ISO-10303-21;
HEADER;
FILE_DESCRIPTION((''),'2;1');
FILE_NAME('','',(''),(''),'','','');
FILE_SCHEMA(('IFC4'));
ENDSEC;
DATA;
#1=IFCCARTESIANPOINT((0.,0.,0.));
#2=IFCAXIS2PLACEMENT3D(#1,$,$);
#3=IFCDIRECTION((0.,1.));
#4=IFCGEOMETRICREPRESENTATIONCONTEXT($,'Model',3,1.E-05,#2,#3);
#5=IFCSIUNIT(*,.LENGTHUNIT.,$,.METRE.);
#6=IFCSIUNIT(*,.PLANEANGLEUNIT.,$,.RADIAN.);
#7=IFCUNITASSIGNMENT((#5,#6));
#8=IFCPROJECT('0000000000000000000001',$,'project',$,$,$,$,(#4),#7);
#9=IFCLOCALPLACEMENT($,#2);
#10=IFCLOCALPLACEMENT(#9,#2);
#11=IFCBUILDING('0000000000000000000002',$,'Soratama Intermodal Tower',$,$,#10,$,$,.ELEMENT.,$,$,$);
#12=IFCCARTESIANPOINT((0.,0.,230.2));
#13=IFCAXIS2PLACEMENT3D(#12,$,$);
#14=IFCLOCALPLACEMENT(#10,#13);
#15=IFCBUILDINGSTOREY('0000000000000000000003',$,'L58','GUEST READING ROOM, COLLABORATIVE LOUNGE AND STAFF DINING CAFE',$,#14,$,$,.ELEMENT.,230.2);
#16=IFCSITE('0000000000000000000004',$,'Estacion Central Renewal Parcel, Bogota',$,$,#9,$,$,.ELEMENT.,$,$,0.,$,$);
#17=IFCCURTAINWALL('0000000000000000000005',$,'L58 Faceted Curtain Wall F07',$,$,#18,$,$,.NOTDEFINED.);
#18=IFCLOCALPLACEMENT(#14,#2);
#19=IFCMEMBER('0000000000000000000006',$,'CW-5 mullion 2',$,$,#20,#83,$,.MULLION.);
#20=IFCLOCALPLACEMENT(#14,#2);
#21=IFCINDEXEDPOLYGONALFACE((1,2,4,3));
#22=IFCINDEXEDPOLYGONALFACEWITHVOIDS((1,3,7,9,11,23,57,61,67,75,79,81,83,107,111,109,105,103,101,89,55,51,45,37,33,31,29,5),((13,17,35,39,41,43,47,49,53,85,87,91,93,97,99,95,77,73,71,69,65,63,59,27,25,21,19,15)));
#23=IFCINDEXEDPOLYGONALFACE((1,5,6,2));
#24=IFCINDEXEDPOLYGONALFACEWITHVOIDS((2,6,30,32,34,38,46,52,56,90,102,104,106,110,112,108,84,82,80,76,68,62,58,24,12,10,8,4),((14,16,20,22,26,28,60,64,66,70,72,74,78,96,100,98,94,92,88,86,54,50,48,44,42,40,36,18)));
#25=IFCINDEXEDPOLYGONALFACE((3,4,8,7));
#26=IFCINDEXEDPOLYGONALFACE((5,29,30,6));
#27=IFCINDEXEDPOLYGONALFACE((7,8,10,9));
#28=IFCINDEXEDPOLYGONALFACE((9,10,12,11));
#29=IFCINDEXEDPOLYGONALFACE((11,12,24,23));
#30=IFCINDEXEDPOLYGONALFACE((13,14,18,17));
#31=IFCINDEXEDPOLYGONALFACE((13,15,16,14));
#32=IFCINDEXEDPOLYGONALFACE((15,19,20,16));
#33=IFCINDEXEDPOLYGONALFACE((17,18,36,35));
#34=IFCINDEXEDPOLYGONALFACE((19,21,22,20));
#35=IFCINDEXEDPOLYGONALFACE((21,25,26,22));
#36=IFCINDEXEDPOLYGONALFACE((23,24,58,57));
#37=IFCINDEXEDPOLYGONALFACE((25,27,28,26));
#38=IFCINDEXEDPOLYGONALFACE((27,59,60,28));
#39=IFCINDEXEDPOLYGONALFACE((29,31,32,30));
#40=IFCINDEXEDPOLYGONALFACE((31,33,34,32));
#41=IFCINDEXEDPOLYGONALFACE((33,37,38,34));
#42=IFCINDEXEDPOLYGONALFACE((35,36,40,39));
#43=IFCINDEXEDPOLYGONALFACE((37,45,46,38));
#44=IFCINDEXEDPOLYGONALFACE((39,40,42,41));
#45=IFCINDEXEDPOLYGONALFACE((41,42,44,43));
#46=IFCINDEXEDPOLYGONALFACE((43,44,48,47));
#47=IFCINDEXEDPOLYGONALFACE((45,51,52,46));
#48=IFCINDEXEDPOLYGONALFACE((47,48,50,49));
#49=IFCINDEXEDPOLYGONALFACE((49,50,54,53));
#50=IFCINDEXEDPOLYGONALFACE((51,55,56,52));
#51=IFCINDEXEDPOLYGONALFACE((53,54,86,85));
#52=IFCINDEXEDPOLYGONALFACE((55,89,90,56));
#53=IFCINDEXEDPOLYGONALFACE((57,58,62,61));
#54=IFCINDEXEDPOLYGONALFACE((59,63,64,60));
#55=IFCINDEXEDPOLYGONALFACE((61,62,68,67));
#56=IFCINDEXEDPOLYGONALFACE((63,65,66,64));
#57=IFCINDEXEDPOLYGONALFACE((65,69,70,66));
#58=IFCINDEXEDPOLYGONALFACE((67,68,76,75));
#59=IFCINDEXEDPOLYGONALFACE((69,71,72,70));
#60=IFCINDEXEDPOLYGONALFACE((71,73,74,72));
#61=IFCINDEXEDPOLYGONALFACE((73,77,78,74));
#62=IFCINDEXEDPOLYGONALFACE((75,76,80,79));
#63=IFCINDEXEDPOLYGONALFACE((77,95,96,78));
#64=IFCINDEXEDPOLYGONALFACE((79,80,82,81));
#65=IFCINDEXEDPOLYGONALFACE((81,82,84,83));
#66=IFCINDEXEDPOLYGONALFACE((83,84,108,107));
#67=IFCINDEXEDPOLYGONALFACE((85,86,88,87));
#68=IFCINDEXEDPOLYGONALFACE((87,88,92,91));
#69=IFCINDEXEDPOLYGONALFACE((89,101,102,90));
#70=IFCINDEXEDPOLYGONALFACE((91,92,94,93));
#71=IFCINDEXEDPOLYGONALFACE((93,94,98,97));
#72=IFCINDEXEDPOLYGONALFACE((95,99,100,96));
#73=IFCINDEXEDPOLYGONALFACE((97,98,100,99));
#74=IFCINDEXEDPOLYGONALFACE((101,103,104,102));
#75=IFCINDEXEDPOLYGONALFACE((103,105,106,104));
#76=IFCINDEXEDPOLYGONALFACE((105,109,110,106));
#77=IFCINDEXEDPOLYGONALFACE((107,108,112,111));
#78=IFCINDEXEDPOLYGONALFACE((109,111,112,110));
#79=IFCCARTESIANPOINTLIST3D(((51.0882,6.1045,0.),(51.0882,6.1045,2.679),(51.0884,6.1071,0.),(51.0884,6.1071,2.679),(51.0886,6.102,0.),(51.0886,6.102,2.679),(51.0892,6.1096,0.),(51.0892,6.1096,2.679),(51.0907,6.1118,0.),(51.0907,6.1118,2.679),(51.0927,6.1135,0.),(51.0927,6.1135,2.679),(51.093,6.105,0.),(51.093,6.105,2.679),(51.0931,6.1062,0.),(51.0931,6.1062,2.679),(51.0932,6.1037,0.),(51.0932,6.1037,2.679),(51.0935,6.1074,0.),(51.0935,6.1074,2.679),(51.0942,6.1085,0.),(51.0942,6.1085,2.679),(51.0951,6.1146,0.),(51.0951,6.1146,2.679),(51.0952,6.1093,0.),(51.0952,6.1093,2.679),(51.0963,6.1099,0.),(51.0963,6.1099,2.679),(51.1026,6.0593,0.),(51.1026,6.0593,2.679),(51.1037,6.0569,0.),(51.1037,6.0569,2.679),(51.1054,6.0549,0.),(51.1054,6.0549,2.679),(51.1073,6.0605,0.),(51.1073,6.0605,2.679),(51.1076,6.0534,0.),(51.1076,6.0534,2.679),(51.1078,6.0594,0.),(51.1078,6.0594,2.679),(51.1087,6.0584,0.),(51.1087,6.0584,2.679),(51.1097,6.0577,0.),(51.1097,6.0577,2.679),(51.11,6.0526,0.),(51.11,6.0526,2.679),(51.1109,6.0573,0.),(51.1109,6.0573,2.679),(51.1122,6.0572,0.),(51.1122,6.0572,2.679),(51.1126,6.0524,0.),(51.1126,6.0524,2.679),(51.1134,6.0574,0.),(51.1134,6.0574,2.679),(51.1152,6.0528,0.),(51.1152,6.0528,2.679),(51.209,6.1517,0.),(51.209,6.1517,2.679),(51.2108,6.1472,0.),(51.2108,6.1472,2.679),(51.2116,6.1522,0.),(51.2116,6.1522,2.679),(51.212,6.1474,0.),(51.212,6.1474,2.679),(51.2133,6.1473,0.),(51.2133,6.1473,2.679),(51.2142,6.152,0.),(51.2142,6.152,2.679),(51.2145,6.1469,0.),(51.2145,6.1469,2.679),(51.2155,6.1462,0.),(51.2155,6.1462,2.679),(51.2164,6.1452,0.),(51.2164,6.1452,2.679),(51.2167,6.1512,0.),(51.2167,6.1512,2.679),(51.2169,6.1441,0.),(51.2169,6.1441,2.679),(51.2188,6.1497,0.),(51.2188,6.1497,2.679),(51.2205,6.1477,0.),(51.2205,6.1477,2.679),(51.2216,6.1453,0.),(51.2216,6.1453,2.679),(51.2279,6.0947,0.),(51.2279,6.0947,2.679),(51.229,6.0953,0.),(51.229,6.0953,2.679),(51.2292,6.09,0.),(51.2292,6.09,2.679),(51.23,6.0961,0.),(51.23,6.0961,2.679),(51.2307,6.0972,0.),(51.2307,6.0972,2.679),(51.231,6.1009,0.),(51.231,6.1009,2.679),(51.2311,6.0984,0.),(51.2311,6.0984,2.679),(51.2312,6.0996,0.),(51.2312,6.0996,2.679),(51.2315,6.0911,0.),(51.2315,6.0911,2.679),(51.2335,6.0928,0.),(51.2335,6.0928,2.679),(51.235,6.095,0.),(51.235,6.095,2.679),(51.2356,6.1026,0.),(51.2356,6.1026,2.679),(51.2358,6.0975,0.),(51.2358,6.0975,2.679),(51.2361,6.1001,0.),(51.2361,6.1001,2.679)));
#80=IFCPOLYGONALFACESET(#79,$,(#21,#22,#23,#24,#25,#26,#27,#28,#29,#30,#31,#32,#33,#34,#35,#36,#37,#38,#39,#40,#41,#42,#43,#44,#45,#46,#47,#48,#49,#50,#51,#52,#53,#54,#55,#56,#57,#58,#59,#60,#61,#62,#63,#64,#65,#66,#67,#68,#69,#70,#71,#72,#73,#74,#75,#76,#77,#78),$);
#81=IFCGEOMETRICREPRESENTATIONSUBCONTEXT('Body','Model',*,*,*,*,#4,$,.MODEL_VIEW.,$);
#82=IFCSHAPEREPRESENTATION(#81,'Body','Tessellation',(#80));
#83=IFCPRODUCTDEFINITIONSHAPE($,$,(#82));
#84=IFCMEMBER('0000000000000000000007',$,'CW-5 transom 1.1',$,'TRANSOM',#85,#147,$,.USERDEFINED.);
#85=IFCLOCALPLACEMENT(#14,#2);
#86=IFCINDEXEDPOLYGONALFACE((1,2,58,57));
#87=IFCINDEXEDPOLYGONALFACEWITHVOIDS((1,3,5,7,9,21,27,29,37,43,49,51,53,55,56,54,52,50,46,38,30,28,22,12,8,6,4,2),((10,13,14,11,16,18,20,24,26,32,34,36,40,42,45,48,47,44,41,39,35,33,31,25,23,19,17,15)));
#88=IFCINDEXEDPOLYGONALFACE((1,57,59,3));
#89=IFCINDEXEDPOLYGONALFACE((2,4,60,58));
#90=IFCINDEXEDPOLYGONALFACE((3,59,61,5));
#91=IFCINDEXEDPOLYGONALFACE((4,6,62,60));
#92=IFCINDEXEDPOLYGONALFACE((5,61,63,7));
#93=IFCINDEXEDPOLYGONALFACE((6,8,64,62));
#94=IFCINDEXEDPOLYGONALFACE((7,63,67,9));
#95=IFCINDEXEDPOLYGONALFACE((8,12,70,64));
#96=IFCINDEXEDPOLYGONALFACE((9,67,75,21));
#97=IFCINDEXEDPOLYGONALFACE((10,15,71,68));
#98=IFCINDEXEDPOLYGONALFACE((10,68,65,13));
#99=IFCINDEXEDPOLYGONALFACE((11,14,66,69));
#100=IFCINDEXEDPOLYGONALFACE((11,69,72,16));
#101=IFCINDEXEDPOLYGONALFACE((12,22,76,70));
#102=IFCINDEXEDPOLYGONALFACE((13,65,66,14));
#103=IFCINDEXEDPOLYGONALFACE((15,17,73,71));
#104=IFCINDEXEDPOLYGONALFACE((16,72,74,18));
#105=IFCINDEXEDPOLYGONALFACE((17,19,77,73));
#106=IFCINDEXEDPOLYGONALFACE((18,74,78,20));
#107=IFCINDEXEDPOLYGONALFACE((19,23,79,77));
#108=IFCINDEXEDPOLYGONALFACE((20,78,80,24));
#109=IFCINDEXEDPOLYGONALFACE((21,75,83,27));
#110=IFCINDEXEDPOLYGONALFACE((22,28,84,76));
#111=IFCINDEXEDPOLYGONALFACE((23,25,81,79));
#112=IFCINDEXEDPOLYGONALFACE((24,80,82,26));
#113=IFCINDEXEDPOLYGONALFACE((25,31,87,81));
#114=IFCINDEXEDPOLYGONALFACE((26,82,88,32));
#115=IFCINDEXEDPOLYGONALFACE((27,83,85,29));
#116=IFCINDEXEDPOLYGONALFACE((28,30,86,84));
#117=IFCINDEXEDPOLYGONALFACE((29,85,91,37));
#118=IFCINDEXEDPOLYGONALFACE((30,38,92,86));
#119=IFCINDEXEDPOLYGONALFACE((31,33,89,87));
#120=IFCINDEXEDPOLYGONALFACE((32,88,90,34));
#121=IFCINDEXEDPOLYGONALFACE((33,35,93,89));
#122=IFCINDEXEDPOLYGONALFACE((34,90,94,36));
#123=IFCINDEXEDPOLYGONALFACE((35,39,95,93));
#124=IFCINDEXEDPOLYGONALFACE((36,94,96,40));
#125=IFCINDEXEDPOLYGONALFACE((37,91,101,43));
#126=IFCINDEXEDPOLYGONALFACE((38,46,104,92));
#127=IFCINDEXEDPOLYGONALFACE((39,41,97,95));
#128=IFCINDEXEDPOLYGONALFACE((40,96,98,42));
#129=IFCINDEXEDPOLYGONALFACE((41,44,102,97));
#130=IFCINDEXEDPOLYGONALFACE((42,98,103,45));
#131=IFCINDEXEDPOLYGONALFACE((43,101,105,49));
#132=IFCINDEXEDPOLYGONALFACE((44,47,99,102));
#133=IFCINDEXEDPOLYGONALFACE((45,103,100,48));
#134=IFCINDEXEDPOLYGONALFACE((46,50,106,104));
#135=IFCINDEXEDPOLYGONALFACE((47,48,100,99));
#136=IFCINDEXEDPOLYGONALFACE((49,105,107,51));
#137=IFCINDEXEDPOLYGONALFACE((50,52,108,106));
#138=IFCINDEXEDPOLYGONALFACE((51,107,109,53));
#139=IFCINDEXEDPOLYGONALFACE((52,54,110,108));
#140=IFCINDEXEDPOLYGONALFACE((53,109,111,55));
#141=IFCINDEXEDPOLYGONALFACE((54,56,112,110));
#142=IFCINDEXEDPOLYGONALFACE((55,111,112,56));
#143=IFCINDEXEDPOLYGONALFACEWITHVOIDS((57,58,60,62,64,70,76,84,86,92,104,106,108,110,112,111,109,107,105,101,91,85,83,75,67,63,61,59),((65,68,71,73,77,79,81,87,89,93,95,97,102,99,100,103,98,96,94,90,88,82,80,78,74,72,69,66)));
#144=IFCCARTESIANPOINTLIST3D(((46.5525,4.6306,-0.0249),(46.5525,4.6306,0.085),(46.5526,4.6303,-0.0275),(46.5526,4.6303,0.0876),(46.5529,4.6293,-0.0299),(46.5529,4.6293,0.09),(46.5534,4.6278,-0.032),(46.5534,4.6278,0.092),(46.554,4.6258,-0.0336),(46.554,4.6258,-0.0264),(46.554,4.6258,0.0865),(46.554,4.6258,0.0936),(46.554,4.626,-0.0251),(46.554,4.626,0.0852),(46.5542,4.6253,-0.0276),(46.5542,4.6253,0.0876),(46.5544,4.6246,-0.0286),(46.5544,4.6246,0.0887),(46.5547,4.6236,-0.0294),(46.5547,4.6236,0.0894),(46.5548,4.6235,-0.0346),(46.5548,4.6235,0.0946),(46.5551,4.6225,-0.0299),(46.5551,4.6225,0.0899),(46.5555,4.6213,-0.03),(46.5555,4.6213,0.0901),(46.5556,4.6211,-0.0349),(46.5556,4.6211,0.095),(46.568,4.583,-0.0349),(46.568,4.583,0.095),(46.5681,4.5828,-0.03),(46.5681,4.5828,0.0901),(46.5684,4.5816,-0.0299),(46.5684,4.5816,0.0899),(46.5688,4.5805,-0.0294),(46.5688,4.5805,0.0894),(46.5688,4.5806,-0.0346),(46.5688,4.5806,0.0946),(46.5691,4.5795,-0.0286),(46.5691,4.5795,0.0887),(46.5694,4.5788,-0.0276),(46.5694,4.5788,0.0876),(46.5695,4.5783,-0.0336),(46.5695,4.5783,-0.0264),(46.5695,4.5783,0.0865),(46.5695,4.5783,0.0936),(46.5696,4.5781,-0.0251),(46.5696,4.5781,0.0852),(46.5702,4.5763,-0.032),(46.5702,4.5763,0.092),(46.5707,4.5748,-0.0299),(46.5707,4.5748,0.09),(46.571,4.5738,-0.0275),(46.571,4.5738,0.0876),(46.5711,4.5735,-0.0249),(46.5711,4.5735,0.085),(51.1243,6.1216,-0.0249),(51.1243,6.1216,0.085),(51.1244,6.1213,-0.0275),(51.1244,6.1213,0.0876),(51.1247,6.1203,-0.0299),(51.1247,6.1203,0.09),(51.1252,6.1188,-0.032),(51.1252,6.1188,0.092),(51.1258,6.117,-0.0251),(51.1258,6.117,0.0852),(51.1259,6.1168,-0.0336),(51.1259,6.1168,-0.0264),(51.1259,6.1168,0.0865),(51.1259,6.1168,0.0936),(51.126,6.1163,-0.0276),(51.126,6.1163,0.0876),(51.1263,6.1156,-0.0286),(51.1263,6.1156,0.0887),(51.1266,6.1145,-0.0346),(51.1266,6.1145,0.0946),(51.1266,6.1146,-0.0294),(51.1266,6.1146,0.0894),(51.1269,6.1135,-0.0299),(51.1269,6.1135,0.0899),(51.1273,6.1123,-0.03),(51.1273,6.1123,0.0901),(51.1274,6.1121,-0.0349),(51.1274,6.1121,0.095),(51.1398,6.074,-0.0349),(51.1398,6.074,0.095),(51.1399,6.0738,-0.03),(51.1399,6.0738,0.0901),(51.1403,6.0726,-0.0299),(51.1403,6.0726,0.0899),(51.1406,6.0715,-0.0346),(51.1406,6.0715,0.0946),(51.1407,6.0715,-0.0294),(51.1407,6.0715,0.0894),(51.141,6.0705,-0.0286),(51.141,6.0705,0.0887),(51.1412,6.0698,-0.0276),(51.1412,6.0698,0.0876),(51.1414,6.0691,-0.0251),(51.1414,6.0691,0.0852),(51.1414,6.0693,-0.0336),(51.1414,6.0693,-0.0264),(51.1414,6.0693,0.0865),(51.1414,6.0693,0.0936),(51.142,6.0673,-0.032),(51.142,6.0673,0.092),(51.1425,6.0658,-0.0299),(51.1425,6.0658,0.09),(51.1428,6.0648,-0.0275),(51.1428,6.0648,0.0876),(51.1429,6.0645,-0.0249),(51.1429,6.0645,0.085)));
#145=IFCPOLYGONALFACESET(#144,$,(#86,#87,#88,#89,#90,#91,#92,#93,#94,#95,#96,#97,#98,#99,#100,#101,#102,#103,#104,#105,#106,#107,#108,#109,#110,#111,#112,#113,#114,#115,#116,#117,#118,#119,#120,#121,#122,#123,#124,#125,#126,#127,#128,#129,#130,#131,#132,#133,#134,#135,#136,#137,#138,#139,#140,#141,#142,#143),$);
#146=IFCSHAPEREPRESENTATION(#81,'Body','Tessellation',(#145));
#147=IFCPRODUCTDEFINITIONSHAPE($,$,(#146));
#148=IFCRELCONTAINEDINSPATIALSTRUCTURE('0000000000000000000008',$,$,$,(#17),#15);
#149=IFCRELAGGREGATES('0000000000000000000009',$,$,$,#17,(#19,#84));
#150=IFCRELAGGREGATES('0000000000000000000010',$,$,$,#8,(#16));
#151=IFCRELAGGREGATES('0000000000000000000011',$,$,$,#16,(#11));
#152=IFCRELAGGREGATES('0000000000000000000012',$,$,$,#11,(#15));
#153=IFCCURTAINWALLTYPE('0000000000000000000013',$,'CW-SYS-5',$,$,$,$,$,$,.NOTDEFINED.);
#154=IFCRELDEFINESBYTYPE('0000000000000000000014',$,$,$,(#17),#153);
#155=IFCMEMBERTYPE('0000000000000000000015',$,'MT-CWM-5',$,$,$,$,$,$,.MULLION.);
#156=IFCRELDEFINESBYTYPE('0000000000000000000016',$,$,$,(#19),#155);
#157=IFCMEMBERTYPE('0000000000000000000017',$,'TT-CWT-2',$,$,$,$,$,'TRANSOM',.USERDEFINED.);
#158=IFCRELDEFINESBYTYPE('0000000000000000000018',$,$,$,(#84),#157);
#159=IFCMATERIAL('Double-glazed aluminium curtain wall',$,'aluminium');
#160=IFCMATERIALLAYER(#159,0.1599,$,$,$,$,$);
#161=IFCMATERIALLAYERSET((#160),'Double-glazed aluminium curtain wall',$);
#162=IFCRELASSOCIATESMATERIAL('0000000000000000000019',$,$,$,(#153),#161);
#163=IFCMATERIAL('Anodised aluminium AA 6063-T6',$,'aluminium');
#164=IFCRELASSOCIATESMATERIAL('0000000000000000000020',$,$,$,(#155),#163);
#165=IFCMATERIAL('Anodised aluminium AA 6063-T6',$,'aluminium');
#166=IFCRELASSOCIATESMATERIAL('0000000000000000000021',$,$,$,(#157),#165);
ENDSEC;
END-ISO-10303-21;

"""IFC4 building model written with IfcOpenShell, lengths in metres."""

from ifc_helpers import new_model, si_unit, direction, frame, origin, origin_2d, place, context, subcontext, project, spatial, hollow_rectangle, extrude, material, layer, layer_set, material_profile, profile_set, type_object, element, aggregate, save


model = new_model("IFC4")

# Units and contexts
model_context = context("Model", 3, precision=1e-05, world=origin(), true_north=direction((0.0, 1.0)))
body_context = subcontext(model_context, "Body", "Model", "MODEL_VIEW")
ifc_project = project(units=[si_unit("LENGTHUNIT", "METRE"), si_unit("PLANEANGLEUNIT", "RADIAN")], contexts=[model_context])

# Site, building, storey
site_placement = place(None, origin())
site = spatial("IfcSite", under=ifc_project, at=site_placement, Name="Estacion Central Renewal Parcel, Bogota", CompositionType="ELEMENT", RefElevation=0.0)
building_placement = place(site_placement, origin())
building = spatial("IfcBuilding", under=site, at=building_placement, Name="Soratama Intermodal Tower", CompositionType="ELEMENT")
storey_placement = place(building_placement, frame((0.0, 0.0, 230.2)))
storey = spatial("IfcBuildingStorey", under=building, at=storey_placement, Name="L58", Description="GUEST READING ROOM, COLLABORATIVE LOUNGE AND STAFF DINING CAFE", CompositionType="ELEMENT", Elevation=230.2)

# Curtain wall, members
ifc_material_1 = material(Name="Double-glazed aluminium curtain wall", Category="aluminium")
ifc_layer_1 = layer(ifc_material_1, 0.1599)
ifc_layer_set_1 = layer_set([ifc_layer_1], Name="Double-glazed aluminium curtain wall")
curtain_wall_type = type_object("IfcCurtainWallType", Name="CW-SYS-5", PredefinedType="NOTDEFINED", material=ifc_layer_set_1)
curtain_wall_placement = place(storey_placement, origin())
curtain_wall = element("IfcCurtainWall", 1, at=curtain_wall_placement, inside=storey, type_object=curtain_wall_type, Name="L58 Faceted Curtain Wall F07", PredefinedType="NOTDEFINED")
ifc_material_2 = material(Name="Anodised aluminium AA 6063-T6", Category="aluminium")
ifc_material_profile_1 = material_profile(ifc_material_2, hollow_rectangle(XDim=0.0649, YDim=0.1399, WallThickness=0.0049, InnerFilletRadius=0.0049, OuterFilletRadius=0.01, at=origin_2d()), Name="CWM140X65X5")
ifc_profile_set_1 = profile_set([ifc_material_profile_1], Name="Anodised aluminium AA 6063-T6")
member_type_1 = type_object("IfcMemberType", Name="MT-CWM-5", PredefinedType="MULLION", material=ifc_profile_set_1)
member_1_placement = place(storey_placement, frame((51.1621, 6.1023, 0.0), z_axis=(0.0, 0.0, 1.0), x_axis=(-0.310014, 0.950732, 0.0)))
member_1 = element("IfcMember", 2, at=member_1_placement, type_object=member_type_1, Name="CW-5 mullion 2", PredefinedType="MULLION", context=body_context, shape_type="SweptSolid", body=[
    extrude(hollow_rectangle(XDim=0.0649, YDim=0.1399, WallThickness=0.0049, InnerFilletRadius=0.0049, OuterFilletRadius=0.01, at=origin_2d()), origin(), (0.0, 0.0, 1.0), 2.679),
])
ifc_material_3 = material(Name="Anodised aluminium AA 6063-T6", Category="aluminium")
ifc_material_profile_2 = material_profile(ifc_material_3, hollow_rectangle(XDim=0.0601, YDim=0.1299, WallThickness=0.0049, InnerFilletRadius=0.0049, OuterFilletRadius=0.01, at=origin_2d()), Name="CWT130X60X5")
ifc_profile_set_2 = profile_set([ifc_material_profile_2], Name="Anodised aluminium AA 6063-T6")
member_type_2 = type_object("IfcMemberType", Name="TT-CWT-2", ElementType="TRANSOM", PredefinedType="USERDEFINED", material=ifc_profile_set_2)
member_2_placement = place(storey_placement, frame((46.5618, 4.6021, 0.03), z_axis=(0.950719, 0.310053, 0.0), x_axis=(-0.310053, 0.950719, 0.0)))
member_2 = element("IfcMember", 3, at=member_2_placement, type_object=member_type_2, Name="CW-5 transom 1.1", ObjectType="TRANSOM", PredefinedType="USERDEFINED", context=body_context, shape_type="SweptSolid", body=[
    extrude(hollow_rectangle(XDim=0.0601, YDim=0.1299, WallThickness=0.0049, InnerFilletRadius=0.0049, OuterFilletRadius=0.01, at=origin_2d()), origin(), (0.0, 0.0, 1.0), 4.8088),
])
aggregate(curtain_wall, [member_1, member_2])

save(model, "model.ifc")
